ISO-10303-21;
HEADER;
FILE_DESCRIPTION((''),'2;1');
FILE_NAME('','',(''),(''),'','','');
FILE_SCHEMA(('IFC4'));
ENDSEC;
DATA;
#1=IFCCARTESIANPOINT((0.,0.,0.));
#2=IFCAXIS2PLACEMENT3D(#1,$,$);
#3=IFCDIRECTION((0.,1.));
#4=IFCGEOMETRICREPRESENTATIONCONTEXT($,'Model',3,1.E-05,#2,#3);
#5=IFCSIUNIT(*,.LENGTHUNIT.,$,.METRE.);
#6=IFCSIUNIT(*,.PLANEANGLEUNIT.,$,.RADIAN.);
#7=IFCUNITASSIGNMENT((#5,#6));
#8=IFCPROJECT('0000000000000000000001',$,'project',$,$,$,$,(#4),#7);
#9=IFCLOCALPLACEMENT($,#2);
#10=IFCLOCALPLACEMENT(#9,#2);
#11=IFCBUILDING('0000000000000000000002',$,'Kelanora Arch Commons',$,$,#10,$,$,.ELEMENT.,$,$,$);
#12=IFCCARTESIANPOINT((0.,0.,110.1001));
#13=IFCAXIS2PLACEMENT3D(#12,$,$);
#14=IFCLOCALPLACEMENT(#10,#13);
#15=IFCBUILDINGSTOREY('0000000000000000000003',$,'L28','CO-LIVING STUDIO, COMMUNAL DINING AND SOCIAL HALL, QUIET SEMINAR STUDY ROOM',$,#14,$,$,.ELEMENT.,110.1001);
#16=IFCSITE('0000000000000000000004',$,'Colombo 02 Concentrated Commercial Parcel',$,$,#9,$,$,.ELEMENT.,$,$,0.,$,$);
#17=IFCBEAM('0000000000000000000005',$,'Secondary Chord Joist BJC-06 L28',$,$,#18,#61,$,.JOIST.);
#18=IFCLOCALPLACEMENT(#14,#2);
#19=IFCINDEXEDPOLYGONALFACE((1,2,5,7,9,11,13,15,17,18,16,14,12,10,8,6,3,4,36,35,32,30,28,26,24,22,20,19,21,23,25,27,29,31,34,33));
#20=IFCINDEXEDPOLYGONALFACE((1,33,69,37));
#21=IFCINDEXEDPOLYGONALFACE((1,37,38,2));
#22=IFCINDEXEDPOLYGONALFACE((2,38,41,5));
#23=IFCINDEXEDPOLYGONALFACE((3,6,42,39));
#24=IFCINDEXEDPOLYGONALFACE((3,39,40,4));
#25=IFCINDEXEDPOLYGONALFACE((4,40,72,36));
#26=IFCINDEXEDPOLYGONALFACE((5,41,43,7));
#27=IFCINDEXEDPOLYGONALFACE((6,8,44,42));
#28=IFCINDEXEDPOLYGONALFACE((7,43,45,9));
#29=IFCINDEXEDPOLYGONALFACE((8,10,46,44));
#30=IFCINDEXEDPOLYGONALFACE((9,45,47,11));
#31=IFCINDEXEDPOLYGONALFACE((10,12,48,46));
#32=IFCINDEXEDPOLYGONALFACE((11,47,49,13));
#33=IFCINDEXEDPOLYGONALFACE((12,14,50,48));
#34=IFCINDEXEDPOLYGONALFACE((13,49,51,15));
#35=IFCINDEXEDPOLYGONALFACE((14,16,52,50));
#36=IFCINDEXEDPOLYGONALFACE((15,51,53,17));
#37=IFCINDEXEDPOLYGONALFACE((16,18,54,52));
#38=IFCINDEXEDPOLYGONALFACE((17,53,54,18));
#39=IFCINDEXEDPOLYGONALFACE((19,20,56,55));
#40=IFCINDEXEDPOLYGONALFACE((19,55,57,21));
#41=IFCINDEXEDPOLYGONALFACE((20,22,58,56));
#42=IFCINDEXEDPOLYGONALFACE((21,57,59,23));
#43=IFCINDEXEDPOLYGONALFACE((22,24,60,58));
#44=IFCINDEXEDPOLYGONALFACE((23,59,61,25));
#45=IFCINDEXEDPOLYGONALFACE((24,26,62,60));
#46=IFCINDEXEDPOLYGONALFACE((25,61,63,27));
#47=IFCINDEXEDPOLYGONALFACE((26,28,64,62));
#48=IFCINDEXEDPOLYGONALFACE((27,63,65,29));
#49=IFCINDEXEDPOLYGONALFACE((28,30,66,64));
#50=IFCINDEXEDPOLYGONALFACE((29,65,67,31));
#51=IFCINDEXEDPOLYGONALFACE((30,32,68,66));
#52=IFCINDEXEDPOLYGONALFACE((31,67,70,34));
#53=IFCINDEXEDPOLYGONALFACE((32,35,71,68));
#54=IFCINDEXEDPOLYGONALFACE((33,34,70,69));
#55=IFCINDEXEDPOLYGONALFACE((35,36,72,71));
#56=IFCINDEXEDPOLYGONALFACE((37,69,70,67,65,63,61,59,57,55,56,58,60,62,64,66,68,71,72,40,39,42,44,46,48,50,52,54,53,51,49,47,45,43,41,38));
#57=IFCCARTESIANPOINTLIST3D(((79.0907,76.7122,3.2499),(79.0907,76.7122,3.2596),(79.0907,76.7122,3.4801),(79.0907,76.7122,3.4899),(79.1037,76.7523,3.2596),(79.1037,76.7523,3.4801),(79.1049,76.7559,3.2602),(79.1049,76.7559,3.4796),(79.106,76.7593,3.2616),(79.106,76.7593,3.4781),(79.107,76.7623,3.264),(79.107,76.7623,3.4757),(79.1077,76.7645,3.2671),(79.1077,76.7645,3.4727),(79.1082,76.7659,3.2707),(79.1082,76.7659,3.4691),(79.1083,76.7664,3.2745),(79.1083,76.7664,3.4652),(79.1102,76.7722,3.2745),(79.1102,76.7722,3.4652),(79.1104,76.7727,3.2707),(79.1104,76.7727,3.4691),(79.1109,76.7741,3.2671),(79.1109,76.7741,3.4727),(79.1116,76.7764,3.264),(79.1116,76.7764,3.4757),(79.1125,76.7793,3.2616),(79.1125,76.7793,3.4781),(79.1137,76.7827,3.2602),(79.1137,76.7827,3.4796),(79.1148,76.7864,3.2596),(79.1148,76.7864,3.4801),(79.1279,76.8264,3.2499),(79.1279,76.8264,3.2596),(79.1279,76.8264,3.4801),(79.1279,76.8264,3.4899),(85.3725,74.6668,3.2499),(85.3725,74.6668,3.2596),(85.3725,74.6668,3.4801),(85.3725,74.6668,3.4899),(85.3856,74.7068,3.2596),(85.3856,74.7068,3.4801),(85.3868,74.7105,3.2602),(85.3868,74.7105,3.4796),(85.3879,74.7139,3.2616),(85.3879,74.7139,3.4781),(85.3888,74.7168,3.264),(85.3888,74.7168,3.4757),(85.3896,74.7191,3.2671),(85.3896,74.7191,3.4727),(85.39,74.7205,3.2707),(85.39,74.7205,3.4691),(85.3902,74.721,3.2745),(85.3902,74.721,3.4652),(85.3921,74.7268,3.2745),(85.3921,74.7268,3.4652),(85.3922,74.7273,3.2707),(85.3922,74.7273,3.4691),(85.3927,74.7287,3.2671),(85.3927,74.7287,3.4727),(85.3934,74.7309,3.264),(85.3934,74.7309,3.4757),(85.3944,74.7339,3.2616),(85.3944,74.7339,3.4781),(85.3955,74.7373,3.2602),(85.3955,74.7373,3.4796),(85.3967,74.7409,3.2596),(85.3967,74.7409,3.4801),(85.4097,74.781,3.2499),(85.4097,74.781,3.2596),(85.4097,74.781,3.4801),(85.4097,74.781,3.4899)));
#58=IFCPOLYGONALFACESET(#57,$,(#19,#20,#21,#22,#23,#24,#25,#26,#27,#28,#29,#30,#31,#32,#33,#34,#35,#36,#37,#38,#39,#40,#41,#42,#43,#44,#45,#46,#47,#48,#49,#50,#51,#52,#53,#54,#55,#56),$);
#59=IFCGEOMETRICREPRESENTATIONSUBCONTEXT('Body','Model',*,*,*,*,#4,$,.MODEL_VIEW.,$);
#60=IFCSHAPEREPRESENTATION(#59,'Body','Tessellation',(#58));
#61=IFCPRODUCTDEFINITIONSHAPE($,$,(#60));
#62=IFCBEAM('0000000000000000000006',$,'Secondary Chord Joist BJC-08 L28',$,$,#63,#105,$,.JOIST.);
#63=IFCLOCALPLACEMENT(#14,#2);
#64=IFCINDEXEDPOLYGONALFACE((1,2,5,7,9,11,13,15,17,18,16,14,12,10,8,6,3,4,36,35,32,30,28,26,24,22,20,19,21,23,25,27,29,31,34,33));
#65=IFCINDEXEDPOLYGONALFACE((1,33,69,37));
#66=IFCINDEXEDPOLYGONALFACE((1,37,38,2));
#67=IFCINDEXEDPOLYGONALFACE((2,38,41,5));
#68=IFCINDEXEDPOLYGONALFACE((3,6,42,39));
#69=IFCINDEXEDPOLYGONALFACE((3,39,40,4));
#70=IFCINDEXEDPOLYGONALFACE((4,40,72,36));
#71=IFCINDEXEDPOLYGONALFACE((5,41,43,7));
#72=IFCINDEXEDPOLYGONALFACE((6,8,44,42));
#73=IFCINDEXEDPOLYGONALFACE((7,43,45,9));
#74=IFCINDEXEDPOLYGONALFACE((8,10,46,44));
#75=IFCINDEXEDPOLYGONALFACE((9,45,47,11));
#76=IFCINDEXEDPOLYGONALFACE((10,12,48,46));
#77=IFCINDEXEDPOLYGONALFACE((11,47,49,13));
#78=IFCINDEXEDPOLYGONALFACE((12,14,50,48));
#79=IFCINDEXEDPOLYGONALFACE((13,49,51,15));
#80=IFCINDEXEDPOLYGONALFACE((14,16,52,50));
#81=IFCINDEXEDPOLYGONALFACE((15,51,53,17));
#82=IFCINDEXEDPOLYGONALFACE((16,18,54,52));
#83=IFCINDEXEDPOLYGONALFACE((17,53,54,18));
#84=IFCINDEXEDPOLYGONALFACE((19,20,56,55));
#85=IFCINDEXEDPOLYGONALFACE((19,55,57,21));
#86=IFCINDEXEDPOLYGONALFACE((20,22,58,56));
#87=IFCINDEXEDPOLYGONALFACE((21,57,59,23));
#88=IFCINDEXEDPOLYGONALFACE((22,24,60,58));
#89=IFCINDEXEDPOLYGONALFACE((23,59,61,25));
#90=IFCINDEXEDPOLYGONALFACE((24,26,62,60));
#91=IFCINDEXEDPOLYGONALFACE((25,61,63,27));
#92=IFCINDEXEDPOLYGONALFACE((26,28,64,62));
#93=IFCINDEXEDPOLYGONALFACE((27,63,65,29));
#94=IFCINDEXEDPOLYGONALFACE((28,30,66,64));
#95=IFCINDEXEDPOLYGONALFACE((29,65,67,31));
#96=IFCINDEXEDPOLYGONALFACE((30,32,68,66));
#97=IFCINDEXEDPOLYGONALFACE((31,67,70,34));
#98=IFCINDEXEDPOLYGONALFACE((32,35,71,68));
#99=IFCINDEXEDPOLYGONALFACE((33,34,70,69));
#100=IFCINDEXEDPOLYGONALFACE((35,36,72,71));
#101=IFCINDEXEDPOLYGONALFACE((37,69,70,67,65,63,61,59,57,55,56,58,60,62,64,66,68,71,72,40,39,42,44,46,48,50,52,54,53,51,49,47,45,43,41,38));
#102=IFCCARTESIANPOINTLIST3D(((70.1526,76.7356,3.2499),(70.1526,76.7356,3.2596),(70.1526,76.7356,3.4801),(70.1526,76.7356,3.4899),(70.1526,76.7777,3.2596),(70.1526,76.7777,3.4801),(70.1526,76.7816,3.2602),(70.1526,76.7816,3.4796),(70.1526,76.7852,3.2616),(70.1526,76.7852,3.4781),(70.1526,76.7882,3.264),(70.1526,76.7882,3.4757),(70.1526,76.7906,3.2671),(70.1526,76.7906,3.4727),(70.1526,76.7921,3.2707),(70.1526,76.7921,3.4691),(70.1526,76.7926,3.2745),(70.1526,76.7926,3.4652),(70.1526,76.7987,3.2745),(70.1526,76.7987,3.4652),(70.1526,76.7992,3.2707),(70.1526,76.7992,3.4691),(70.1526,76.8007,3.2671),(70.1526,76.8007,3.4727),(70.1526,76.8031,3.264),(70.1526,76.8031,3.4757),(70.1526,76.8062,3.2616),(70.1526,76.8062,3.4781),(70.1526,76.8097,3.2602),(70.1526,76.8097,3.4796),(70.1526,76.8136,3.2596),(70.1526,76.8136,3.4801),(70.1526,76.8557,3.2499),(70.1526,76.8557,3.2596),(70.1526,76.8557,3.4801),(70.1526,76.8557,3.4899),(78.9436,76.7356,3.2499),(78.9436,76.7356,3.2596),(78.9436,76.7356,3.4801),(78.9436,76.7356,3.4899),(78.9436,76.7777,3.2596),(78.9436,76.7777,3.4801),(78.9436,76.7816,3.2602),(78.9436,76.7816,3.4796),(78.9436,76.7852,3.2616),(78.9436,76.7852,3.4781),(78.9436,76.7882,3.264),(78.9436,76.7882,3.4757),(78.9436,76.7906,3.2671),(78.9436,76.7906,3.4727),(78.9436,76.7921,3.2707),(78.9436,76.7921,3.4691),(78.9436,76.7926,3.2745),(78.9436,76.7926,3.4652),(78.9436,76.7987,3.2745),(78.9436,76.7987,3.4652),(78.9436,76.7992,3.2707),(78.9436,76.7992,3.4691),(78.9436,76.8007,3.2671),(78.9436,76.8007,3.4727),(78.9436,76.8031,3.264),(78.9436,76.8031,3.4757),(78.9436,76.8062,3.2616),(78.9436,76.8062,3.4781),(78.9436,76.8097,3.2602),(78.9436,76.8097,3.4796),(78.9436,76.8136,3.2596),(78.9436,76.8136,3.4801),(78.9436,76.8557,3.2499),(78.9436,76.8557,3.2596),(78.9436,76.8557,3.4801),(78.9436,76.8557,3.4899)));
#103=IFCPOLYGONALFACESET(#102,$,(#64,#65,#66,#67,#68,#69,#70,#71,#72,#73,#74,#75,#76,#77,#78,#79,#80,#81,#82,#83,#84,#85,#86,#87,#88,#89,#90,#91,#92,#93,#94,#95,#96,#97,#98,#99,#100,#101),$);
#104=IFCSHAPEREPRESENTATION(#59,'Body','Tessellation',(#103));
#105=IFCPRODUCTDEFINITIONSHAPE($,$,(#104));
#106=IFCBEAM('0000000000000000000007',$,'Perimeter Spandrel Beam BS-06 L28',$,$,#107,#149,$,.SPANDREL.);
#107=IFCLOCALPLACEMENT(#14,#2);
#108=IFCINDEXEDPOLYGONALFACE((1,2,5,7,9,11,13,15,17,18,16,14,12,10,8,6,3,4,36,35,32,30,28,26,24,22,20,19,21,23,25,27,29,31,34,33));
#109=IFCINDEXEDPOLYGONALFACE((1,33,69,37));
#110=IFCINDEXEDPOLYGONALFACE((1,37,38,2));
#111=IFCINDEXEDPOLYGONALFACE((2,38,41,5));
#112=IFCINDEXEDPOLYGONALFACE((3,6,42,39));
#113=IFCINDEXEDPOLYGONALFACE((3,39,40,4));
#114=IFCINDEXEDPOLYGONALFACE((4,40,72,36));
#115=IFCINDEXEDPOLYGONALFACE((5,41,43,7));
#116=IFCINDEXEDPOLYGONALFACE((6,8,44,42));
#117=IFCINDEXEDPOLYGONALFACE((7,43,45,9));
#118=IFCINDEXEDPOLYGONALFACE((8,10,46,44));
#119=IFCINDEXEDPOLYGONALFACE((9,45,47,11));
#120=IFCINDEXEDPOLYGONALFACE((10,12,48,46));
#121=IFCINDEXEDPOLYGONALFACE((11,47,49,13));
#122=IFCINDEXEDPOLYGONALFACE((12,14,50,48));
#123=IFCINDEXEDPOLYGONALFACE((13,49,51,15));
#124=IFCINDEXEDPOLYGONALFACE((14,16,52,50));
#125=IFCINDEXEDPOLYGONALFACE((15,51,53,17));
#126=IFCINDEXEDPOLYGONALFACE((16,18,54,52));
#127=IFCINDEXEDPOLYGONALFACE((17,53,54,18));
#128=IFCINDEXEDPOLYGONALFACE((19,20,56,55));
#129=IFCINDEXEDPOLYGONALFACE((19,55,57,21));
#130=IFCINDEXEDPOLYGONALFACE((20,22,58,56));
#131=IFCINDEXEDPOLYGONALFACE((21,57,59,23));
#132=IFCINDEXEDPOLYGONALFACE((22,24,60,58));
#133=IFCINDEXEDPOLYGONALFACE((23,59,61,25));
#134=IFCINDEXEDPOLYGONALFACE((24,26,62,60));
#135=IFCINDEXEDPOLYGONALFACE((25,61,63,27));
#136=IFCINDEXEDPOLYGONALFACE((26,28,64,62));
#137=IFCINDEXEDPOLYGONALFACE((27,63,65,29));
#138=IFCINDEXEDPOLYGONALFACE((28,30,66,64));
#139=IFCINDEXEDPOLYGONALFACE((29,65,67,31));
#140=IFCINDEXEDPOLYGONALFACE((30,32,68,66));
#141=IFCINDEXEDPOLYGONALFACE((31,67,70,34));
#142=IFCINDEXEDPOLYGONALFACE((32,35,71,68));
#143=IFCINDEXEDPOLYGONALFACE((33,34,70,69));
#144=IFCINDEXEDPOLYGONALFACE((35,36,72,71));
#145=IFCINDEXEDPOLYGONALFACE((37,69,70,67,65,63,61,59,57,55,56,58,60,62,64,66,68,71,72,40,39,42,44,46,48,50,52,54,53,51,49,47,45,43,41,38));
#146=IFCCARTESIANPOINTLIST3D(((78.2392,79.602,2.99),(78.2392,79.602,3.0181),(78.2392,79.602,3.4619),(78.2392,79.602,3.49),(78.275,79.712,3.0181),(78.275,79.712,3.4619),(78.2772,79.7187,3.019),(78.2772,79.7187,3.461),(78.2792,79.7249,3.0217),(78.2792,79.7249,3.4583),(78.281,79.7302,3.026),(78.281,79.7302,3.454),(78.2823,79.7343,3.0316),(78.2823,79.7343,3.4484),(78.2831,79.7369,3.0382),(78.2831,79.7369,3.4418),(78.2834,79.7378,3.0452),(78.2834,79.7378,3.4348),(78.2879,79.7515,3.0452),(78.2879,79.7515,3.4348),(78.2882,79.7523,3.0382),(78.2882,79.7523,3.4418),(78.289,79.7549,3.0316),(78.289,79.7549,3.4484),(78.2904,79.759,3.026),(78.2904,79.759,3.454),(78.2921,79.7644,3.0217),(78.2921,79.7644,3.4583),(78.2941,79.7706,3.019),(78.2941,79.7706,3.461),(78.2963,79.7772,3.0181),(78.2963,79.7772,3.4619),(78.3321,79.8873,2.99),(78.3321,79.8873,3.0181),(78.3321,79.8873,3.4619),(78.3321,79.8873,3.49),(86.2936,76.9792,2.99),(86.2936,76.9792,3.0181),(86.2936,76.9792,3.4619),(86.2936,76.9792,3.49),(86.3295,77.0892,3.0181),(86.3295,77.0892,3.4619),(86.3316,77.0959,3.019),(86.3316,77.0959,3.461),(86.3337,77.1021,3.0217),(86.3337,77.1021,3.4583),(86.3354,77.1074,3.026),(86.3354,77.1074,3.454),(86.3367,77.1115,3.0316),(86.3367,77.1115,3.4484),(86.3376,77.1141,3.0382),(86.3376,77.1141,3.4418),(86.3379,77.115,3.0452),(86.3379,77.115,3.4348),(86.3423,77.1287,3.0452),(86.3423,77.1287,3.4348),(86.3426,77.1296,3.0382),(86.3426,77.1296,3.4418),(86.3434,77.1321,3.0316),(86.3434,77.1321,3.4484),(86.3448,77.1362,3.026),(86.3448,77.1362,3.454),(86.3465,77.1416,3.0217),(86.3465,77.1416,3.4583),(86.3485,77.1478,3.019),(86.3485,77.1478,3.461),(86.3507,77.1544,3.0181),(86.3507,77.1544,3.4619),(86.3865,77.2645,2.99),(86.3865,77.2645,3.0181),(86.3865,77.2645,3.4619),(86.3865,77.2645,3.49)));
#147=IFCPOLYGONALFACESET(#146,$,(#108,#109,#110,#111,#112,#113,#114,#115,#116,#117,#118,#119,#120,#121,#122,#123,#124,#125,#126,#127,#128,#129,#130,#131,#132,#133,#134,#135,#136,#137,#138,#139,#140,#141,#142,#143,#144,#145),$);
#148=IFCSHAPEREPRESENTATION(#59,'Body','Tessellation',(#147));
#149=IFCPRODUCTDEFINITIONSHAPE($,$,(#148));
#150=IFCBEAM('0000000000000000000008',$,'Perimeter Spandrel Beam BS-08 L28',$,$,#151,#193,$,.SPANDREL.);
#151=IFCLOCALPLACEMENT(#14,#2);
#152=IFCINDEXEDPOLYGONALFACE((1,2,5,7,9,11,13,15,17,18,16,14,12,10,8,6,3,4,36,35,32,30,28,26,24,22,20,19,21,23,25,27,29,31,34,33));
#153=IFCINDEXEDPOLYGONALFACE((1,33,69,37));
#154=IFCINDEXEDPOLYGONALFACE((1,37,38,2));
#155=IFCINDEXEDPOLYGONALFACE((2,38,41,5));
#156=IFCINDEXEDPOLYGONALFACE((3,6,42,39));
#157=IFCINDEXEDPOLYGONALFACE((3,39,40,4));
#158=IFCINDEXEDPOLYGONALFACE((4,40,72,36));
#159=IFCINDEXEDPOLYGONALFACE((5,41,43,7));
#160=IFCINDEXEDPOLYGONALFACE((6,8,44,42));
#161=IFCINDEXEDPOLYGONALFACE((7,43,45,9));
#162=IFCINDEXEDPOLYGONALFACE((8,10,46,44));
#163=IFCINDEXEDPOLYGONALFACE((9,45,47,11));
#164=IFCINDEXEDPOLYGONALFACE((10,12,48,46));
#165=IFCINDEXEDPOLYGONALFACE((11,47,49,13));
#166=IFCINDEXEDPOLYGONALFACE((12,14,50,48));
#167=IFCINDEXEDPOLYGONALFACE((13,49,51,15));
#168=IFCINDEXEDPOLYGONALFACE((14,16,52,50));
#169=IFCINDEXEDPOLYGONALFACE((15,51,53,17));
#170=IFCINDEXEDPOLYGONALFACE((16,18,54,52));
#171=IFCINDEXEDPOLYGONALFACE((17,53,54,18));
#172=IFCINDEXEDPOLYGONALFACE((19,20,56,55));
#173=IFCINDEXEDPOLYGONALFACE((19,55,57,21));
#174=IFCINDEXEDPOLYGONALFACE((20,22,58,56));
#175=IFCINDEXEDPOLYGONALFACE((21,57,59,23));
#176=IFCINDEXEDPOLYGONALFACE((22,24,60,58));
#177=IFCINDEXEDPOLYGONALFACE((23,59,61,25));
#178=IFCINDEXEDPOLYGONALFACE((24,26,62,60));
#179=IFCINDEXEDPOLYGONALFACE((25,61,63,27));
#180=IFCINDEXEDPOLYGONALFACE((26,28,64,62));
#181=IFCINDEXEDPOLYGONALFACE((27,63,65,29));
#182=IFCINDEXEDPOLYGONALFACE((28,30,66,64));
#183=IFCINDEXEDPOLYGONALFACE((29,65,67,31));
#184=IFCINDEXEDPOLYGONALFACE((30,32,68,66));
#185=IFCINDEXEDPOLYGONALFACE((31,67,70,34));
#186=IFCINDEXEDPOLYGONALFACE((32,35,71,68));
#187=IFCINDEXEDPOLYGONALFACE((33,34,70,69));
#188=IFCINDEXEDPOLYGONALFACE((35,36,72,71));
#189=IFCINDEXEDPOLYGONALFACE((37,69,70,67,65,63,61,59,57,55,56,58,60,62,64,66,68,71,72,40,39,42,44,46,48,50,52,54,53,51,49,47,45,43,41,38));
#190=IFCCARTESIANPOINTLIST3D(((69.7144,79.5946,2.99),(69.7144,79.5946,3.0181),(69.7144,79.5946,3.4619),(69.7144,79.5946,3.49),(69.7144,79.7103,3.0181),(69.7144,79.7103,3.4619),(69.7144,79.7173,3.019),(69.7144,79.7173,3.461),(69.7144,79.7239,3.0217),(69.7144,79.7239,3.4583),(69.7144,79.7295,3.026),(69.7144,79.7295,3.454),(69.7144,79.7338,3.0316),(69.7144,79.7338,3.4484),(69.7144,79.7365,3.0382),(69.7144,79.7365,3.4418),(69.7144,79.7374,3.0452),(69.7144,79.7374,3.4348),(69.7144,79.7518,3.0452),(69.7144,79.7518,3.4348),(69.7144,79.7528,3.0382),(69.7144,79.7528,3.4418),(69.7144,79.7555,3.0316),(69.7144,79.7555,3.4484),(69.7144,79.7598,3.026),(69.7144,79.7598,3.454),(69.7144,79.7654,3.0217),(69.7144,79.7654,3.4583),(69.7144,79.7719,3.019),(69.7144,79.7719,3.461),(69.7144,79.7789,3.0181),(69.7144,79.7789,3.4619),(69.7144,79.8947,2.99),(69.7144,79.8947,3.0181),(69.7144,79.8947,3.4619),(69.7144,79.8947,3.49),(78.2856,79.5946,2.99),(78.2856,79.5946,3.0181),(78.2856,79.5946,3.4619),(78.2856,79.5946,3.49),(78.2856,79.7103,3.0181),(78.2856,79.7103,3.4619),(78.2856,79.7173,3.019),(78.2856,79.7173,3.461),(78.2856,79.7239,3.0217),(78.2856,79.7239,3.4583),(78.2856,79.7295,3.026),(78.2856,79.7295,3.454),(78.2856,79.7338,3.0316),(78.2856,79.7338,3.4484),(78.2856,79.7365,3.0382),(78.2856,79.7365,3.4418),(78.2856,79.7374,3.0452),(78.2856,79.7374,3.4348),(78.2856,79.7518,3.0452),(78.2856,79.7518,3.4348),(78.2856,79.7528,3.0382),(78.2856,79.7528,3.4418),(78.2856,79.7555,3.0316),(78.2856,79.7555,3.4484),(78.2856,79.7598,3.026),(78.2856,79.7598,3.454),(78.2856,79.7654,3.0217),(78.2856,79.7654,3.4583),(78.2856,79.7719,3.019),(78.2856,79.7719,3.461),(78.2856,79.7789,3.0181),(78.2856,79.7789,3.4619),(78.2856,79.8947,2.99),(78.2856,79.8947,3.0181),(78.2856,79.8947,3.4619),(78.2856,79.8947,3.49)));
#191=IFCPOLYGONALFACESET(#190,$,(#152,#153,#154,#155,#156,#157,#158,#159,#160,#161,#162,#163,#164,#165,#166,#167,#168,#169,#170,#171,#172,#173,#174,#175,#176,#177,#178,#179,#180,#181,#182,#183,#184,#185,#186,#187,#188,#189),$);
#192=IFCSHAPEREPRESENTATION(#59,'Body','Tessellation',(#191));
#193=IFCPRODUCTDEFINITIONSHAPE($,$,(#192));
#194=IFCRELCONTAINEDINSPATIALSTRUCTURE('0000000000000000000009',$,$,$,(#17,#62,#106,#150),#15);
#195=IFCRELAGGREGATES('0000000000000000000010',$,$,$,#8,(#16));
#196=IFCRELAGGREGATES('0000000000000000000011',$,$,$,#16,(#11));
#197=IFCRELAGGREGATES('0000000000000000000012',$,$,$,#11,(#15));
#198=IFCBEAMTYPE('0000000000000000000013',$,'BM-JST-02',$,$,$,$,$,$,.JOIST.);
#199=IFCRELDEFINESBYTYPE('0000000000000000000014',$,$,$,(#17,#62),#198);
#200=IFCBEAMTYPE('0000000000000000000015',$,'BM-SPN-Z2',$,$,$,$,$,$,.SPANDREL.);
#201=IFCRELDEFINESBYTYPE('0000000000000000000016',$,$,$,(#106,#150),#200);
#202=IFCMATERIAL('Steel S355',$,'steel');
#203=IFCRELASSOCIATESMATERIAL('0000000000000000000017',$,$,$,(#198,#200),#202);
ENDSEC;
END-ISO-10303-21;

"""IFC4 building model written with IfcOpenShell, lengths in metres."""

from ifc_helpers import new_model, si_unit, direction, frame, origin, origin_2d, place, context, subcontext, project, spatial, i_section, extrude, material, material_profile, profile_set, type_object, element, save


model = new_model("IFC4")

# Units and contexts
model_context = context("Model", 3, precision=1e-05, world=origin(), true_north=direction((0.0, 1.0)))
body_context = subcontext(model_context, "Body", "Model", "MODEL_VIEW")
ifc_project = project(units=[si_unit("LENGTHUNIT", "METRE"), si_unit("PLANEANGLEUNIT", "RADIAN")], contexts=[model_context])

# Site, building, storey
site_placement = place(None, origin())
site = spatial("IfcSite", under=ifc_project, at=site_placement, Name="Colombo 02 Concentrated Commercial Parcel", CompositionType="ELEMENT", RefElevation=0.0)
building_placement = place(site_placement, origin())
building = spatial("IfcBuilding", under=site, at=building_placement, Name="Kelanora Arch Commons", CompositionType="ELEMENT")
storey_placement = place(building_placement, frame((0.0, 0.0, 110.1001)))
storey = spatial("IfcBuildingStorey", under=building, at=storey_placement, Name="L28", Description="CO-LIVING STUDIO, COMMUNAL DINING AND SOCIAL HALL, QUIET SEMINAR STUDY ROOM", CompositionType="ELEMENT", Elevation=110.1001)

# Beams
ifc_material_1 = material(Name="Steel S355", Category="steel")
ifc_material_profile_1 = material_profile(ifc_material_1, i_section(OverallWidth=0.1201, OverallDepth=0.24, WebThickness=0.0061, FlangeThickness=0.0098, FilletRadius=0.0149, at=origin_2d()), Name="IPE240")
ifc_profile_set_1 = profile_set([ifc_material_profile_1], Name="Steel S355")
beam_type_1 = type_object("IfcBeamType", Name="BM-JST-02", PredefinedType="JOIST", material=ifc_profile_set_1)
beam_1_placement = place(storey_placement, frame((85.3911, 74.7239, 3.3699), z_axis=(-0.950863, 0.309612, 0.0), x_axis=(-0.309612, -0.950863, 0.0)))
element("IfcBeam", 1, at=beam_1_placement, inside=storey, type_object=beam_type_1, Name="Secondary Chord Joist BJC-06 L28", PredefinedType="JOIST", context=body_context, shape_type="SweptSolid", body=[
    extrude(i_section(OverallWidth=0.1201, OverallDepth=0.24, WebThickness=0.0061, FlangeThickness=0.0098, FilletRadius=0.0149, at=origin_2d()), origin(), (0.0, 0.0, 1.0), 6.6064),
])
beam_2_placement = place(storey_placement, frame((78.9436, 76.7957, 3.3699), z_axis=(-1.0, 0.0, 0.0), x_axis=(0.0, -1.0, 0.0)))
element("IfcBeam", 2, at=beam_2_placement, inside=storey, type_object=beam_type_1, Name="Secondary Chord Joist BJC-08 L28", PredefinedType="JOIST", context=body_context, shape_type="SweptSolid", body=[
    extrude(i_section(OverallWidth=0.1201, OverallDepth=0.24, WebThickness=0.0061, FlangeThickness=0.0098, FilletRadius=0.0149, at=origin_2d()), origin(), (0.0, 0.0, 1.0), 8.791),
])
ifc_material_profile_2 = material_profile(ifc_material_1, i_section(OverallWidth=0.3, OverallDepth=0.5, WebThickness=0.0144, FlangeThickness=0.0281, FilletRadius=0.0271, at=origin_2d()), Name="HEB500")
ifc_profile_set_2 = profile_set([ifc_material_profile_2], Name="Steel S355")
beam_type_2 = type_object("IfcBeamType", Name="BM-SPN-Z2", PredefinedType="SPANDREL", material=ifc_profile_set_2)
beam_3_placement = place(storey_placement, frame((86.3401, 77.1218, 3.24), z_axis=(-0.950857, 0.309631, 0.0), x_axis=(-0.309631, -0.950857, 0.0)))
element("IfcBeam", 3, at=beam_3_placement, inside=storey, type_object=beam_type_2, Name="Perimeter Spandrel Beam BS-06 L28", PredefinedType="SPANDREL", context=body_context, shape_type="SweptSolid", body=[
    extrude(i_section(OverallWidth=0.3, OverallDepth=0.5, WebThickness=0.0144, FlangeThickness=0.0281, FilletRadius=0.0271, at=origin_2d()), origin(), (0.0, 0.0, 1.0), 8.4707),
])
beam_4_placement = place(storey_placement, frame((78.2856, 79.7446, 3.24), z_axis=(-1.0, 0.0, 0.0), x_axis=(0.0, -1.0, 0.0)))
element("IfcBeam", 4, at=beam_4_placement, inside=storey, type_object=beam_type_2, Name="Perimeter Spandrel Beam BS-08 L28", PredefinedType="SPANDREL", context=body_context, shape_type="SweptSolid", body=[
    extrude(i_section(OverallWidth=0.3, OverallDepth=0.5, WebThickness=0.0144, FlangeThickness=0.0281, FilletRadius=0.0271, at=origin_2d()), origin(), (0.0, 0.0, 1.0), 8.5713),
])

save(model, "model.ifc")
